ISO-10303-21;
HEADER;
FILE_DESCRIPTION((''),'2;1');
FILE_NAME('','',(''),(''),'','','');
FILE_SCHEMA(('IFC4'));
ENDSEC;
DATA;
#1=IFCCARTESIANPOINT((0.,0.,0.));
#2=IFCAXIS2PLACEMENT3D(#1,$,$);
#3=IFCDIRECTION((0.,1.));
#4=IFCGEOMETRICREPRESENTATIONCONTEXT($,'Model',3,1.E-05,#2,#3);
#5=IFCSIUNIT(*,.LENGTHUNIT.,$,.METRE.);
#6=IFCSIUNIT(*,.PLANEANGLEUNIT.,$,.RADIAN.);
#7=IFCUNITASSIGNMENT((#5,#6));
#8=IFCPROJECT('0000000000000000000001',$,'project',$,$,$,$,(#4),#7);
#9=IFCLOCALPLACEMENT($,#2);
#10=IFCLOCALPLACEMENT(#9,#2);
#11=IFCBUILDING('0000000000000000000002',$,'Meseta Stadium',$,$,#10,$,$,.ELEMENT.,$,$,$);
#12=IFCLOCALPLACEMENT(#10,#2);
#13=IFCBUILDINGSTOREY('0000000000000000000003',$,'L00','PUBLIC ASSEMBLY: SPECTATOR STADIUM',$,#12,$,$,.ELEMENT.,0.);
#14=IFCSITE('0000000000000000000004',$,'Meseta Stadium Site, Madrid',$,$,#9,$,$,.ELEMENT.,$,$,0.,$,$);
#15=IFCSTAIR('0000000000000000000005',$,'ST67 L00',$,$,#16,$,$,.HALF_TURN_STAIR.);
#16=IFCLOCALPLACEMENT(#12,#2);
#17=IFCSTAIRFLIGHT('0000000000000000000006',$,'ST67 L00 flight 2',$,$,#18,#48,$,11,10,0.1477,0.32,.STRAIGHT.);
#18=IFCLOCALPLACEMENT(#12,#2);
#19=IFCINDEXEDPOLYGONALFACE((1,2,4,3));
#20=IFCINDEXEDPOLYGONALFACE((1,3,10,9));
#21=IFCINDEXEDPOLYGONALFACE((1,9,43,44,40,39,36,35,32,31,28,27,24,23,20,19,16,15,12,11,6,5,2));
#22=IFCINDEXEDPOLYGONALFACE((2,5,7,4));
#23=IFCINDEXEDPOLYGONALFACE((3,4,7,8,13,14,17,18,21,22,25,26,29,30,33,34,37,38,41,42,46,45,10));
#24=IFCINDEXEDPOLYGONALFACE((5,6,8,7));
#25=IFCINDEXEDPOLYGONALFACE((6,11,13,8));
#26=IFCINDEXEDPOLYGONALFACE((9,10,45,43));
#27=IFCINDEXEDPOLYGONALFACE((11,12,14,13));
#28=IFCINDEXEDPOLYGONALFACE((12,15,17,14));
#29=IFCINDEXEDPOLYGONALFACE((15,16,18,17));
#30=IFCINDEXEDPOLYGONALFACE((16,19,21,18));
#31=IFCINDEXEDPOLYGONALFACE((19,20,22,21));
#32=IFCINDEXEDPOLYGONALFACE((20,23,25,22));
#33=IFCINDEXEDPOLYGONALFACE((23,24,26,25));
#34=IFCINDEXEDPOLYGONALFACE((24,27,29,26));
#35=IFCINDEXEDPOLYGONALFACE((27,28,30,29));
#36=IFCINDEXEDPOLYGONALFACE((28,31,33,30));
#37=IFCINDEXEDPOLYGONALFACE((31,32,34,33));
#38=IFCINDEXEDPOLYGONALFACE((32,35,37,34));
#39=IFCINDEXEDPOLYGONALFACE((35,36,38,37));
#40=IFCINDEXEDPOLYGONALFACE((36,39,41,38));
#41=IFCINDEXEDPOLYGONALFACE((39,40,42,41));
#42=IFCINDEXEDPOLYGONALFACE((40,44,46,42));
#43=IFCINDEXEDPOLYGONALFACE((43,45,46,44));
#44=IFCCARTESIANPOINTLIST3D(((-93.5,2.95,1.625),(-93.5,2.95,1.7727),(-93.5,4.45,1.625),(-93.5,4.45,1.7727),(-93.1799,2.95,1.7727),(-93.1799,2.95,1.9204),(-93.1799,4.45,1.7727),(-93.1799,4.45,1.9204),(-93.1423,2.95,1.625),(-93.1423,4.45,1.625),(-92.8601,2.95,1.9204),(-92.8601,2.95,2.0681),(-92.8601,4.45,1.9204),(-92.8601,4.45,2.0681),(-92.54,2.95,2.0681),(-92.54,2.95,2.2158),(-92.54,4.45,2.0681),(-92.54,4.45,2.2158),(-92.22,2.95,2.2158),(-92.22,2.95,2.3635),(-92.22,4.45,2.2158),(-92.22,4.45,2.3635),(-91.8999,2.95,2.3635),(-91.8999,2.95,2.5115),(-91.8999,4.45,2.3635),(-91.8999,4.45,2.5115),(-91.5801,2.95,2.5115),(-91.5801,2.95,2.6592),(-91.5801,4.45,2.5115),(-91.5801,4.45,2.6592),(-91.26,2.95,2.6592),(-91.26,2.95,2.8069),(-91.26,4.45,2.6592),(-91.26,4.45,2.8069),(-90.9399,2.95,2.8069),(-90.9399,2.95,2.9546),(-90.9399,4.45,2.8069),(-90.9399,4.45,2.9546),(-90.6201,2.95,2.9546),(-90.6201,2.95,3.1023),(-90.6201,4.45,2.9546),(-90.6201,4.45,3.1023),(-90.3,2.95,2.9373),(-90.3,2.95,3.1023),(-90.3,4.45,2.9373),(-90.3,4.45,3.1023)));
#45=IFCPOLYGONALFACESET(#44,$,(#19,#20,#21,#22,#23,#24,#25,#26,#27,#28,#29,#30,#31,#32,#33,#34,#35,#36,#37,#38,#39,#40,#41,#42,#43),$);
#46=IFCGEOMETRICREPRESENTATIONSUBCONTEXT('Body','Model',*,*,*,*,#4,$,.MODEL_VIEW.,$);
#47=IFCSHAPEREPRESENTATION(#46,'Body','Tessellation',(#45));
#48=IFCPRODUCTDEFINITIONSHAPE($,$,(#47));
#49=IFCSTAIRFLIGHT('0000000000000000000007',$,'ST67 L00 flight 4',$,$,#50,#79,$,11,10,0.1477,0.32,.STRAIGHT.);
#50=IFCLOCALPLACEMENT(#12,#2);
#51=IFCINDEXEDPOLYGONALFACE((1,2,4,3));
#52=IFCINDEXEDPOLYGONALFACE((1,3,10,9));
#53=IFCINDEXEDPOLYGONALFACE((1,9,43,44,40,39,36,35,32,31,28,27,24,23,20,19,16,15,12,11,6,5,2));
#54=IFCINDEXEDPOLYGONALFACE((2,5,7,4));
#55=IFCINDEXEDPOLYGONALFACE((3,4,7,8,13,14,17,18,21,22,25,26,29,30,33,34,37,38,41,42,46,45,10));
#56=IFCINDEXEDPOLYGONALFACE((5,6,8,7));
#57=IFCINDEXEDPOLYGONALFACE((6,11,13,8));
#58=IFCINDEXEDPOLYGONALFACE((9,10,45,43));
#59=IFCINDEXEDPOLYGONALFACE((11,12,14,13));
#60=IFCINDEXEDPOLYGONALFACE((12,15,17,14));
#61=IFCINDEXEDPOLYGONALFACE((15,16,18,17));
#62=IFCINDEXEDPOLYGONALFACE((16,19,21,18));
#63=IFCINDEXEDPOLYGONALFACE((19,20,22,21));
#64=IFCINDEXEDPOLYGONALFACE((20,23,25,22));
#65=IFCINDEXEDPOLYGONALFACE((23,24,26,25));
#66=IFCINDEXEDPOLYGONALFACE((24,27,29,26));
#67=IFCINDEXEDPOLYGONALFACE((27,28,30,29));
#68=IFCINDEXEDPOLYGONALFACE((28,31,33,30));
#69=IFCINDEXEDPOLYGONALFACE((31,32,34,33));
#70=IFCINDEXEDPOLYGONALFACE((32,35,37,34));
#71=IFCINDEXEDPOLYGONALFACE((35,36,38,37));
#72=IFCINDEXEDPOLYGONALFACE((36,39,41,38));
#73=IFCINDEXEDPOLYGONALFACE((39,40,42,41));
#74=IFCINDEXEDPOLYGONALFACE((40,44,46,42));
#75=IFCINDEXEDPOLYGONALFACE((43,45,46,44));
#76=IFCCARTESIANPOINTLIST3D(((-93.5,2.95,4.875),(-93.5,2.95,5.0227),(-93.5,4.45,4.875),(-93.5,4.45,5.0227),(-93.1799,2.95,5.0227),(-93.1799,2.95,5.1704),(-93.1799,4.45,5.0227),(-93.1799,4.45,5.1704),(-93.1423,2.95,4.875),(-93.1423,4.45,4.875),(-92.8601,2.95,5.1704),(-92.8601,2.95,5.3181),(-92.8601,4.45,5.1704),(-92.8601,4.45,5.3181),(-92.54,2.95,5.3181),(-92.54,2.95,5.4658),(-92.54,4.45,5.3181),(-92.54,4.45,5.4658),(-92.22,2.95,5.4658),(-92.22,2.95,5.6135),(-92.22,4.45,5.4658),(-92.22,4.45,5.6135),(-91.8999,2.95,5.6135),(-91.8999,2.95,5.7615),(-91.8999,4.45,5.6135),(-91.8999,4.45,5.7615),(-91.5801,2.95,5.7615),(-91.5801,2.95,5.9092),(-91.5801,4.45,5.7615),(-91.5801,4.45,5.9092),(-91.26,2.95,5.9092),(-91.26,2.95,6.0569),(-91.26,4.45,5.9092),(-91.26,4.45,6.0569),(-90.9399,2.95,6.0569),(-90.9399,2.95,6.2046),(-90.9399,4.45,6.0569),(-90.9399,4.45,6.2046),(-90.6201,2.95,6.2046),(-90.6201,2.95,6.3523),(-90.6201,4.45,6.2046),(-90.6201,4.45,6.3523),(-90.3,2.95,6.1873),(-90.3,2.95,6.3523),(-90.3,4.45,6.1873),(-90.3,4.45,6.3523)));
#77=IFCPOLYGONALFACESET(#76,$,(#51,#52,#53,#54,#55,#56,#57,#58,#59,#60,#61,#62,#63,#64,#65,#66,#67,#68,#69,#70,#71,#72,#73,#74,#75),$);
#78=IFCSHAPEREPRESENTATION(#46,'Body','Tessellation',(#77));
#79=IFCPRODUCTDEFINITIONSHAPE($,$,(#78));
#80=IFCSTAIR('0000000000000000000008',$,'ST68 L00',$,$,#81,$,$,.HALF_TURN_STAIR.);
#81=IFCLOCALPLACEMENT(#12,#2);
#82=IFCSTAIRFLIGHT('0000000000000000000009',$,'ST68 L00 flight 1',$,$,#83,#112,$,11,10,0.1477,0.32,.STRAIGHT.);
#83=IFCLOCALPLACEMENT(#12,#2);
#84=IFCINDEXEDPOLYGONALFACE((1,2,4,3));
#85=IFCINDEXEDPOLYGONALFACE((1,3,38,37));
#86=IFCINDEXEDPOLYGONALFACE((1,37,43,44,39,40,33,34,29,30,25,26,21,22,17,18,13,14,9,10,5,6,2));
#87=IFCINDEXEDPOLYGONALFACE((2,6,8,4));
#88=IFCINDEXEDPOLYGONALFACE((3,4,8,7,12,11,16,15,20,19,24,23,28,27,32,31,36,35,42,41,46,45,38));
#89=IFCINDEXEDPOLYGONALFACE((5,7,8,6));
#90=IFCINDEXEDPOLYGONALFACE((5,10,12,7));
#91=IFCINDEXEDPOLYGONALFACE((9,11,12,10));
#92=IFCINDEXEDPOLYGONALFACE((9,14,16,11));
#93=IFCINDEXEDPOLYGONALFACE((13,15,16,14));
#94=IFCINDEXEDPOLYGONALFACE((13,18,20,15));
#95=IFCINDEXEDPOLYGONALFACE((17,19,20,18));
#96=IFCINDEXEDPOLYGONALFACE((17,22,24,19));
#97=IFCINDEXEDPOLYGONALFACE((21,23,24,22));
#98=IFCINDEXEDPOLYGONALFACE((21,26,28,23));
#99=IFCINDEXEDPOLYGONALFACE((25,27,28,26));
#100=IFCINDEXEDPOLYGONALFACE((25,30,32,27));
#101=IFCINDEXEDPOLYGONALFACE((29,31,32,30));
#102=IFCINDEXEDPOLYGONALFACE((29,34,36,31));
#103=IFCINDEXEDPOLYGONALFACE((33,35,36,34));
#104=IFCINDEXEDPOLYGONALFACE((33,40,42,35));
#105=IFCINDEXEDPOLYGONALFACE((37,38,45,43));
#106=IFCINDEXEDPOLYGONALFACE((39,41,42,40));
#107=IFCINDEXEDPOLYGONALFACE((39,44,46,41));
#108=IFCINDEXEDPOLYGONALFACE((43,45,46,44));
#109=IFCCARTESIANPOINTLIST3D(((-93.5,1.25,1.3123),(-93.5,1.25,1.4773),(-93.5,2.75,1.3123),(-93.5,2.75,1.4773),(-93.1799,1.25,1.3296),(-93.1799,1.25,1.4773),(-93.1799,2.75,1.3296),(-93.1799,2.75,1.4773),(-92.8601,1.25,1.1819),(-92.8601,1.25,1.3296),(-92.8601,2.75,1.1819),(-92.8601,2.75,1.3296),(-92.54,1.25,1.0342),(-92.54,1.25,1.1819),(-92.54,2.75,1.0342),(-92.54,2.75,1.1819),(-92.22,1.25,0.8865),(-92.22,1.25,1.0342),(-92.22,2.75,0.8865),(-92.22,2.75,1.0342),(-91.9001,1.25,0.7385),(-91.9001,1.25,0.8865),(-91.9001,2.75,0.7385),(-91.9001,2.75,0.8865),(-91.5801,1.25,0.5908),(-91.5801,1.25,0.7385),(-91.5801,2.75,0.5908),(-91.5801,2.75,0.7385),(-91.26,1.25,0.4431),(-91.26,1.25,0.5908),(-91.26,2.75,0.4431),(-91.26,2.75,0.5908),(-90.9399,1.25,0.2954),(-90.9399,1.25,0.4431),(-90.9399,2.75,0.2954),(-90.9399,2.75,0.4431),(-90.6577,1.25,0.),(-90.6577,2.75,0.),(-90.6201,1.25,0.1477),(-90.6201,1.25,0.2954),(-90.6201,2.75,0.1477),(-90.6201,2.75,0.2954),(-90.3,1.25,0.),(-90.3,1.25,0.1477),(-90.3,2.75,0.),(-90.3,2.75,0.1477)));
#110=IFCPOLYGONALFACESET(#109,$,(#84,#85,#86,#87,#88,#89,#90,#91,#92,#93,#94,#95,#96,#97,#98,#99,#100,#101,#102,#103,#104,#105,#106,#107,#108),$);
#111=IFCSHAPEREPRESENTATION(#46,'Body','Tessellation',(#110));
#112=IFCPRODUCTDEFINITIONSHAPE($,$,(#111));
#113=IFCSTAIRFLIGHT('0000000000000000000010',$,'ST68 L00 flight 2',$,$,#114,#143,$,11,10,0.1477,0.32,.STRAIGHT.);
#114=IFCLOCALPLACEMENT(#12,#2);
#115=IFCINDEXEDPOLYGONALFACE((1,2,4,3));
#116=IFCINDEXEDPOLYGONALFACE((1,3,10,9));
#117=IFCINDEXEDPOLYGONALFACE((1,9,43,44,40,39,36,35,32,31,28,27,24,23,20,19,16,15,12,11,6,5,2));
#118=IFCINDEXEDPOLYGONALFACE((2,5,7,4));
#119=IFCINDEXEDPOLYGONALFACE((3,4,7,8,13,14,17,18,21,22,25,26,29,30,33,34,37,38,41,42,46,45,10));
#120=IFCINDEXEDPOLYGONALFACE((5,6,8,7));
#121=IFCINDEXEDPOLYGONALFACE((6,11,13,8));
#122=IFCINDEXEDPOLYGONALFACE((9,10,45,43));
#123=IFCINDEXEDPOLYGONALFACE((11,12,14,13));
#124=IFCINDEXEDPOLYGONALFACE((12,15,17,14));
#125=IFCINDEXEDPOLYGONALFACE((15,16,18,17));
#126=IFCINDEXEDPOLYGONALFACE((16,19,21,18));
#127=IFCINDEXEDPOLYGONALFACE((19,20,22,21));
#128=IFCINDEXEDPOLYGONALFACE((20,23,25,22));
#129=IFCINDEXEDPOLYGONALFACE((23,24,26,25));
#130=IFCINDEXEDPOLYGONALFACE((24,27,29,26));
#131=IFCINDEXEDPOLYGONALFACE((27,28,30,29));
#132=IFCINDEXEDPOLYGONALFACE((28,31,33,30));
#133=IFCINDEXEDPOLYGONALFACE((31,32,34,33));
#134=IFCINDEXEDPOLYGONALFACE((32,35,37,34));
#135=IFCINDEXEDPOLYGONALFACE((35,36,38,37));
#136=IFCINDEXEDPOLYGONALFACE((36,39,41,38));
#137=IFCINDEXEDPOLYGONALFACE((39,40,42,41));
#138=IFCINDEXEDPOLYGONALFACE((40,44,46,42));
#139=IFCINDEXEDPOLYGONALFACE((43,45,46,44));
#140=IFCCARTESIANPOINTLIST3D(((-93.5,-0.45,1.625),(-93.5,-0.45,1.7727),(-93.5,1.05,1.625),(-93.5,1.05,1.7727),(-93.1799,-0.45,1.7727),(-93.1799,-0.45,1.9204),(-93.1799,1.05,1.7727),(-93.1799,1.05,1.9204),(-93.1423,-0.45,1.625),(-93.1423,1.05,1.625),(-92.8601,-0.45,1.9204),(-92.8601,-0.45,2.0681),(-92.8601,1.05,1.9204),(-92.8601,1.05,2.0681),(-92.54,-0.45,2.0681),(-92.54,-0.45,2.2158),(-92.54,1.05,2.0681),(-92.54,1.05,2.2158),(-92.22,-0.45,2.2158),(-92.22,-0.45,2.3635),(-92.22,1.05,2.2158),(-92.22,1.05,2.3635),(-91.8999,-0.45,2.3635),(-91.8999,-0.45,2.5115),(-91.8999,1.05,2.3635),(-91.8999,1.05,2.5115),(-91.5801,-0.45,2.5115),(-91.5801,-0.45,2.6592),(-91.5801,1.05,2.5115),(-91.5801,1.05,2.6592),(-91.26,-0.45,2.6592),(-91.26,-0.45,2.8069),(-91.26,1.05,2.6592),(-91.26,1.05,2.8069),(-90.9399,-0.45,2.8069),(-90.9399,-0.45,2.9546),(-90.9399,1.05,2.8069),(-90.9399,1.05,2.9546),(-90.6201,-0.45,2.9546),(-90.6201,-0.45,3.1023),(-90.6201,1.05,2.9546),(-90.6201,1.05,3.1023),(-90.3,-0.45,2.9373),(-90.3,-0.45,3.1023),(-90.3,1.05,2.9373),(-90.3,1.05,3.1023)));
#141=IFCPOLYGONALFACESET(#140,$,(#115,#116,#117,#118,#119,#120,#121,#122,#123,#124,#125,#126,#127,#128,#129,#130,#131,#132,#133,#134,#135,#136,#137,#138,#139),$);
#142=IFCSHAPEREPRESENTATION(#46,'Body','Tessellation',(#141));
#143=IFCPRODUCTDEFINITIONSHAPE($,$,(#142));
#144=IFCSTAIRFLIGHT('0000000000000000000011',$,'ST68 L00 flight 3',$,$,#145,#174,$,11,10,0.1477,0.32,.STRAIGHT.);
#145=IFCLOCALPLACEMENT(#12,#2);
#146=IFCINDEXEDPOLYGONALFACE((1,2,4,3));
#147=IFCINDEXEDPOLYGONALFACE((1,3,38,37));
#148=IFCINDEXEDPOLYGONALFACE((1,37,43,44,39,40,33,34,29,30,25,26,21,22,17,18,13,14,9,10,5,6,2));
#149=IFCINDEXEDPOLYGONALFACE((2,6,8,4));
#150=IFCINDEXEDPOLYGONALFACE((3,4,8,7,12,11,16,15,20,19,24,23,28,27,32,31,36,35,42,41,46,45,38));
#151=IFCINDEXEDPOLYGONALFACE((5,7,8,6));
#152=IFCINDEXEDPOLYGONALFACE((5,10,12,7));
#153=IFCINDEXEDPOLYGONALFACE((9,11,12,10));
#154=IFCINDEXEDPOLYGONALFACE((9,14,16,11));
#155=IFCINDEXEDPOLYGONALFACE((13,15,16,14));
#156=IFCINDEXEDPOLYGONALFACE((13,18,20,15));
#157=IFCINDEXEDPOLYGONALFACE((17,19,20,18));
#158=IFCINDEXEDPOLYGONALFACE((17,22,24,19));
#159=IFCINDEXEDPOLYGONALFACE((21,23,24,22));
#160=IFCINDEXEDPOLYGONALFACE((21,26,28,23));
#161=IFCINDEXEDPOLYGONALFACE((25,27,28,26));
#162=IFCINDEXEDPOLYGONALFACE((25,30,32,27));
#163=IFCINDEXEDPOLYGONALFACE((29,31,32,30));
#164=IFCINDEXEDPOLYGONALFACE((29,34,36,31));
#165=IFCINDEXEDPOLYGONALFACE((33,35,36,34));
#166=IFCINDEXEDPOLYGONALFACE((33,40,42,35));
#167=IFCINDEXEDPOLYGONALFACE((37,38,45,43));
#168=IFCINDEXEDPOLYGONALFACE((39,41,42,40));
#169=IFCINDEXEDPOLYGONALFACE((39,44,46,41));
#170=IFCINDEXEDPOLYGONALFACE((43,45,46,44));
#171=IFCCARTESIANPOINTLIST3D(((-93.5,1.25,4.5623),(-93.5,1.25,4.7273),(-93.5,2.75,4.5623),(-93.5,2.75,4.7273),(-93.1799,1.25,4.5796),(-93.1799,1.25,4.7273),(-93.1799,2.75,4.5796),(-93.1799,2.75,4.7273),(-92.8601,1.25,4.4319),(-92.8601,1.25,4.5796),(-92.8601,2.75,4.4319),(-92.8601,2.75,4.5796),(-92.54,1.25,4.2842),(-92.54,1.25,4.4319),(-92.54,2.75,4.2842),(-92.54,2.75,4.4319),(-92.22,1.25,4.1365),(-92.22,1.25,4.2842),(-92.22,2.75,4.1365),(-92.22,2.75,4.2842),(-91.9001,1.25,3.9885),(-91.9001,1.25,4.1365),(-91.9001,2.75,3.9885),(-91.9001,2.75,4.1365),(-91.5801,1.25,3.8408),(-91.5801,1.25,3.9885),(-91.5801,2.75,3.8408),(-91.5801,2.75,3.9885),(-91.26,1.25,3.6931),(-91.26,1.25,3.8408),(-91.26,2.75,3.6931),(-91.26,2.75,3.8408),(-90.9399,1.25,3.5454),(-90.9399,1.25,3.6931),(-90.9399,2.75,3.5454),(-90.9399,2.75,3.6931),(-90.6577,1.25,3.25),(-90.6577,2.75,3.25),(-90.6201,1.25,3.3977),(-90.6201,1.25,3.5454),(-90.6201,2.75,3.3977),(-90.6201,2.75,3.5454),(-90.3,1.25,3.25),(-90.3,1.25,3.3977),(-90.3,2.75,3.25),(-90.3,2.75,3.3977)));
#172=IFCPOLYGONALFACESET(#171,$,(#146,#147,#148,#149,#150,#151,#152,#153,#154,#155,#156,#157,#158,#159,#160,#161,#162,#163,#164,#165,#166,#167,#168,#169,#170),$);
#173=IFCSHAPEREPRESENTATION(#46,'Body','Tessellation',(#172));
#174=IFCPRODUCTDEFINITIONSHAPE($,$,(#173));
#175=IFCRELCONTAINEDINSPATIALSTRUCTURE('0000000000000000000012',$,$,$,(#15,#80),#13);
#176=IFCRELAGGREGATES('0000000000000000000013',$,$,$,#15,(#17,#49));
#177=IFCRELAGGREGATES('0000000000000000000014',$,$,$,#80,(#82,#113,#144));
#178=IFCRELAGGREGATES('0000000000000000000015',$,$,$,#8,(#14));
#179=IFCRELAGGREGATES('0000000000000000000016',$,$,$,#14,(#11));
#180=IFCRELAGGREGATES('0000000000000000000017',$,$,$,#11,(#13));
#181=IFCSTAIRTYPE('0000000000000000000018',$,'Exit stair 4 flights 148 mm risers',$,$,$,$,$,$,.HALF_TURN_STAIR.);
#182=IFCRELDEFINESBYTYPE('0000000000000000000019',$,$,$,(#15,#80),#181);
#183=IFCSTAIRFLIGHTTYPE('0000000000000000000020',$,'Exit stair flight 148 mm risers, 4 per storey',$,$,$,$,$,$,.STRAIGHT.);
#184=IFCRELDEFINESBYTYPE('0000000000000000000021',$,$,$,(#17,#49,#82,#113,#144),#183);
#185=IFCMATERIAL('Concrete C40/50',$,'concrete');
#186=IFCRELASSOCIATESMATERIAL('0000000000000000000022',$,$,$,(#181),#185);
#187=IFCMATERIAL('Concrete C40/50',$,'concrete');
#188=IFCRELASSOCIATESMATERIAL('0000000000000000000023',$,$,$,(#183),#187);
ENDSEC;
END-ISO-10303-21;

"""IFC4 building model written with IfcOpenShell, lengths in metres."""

from ifc_helpers import new_model, si_unit, direction, frame, origin, place, context, subcontext, project, spatial, polyline, outline, extrude, material, type_object, element, aggregate, save


model = new_model("IFC4")

# Units and contexts
model_context = context("Model", 3, precision=1e-05, world=origin(), true_north=direction((0.0, 1.0)))
body_context = subcontext(model_context, "Body", "Model", "MODEL_VIEW")
ifc_project = project(units=[si_unit("LENGTHUNIT", "METRE"), si_unit("PLANEANGLEUNIT", "RADIAN")], contexts=[model_context])

# Site, building, storey
site_placement = place(None, origin())
site = spatial("IfcSite", under=ifc_project, at=site_placement, Name="Meseta Stadium Site, Madrid", CompositionType="ELEMENT", RefElevation=0.0)
building_placement = place(site_placement, origin())
building = spatial("IfcBuilding", under=site, at=building_placement, Name="Meseta Stadium", CompositionType="ELEMENT")
storey_placement = place(building_placement, origin())
storey = spatial("IfcBuildingStorey", under=building, at=storey_placement, Name="L00", Description="PUBLIC ASSEMBLY: SPECTATOR STADIUM", CompositionType="ELEMENT", Elevation=0.0)

# Stairs, stair flights
ifc_material_1 = material(Name="Concrete C40/50", Category="concrete")
stair_type = type_object("IfcStairType", Name="Exit stair 4 flights 148 mm risers", PredefinedType="HALF_TURN_STAIR", material=ifc_material_1)
ifc_material_2 = material(Name="Concrete C40/50", Category="concrete")
stair_flight_type = type_object("IfcStairFlightType", Name="Exit stair flight 148 mm risers, 4 per storey", PredefinedType="STRAIGHT", material=ifc_material_2)
stair_1_placement = place(storey_placement, origin())
stair_1 = element("IfcStair", 1, at=stair_1_placement, inside=storey, type_object=stair_type, Name="ST67 L00", PredefinedType="HALF_TURN_STAIR")
stair_flight_1_placement = place(storey_placement, frame((-93.5, 3.7, 1.625), z_axis=(0.0, 0.0, 1.0), x_axis=(1.0, 0.0, 0.0)))
stair_flight_1 = element("IfcStairFlight", 2, at=stair_flight_1_placement, type_object=stair_flight_type, Name="ST67 L00 flight 2", NumberOfRisers=11, NumberOfTreads=10, PredefinedType="STRAIGHT", RiserHeight=0.1477, TreadLength=0.32, context=body_context, shape_type="SweptSolid", body=[
    extrude(outline(polyline([(0.0, 0.0), (0.0, 0.1477), (0.3201, 0.1477), (0.3201, 0.2954), (0.6399, 0.2954), (0.6399, 0.4431), (0.96, 0.4431), (0.96, 0.5908), (1.28, 0.5908), (1.28, 0.7385), (1.6001, 0.7385), (1.6001, 0.8865), (1.9199, 0.8865), (1.9199, 1.0342), (2.24, 1.0342), (2.24, 1.1819), (2.5601, 1.1819), (2.5601, 1.3296), (2.8799, 1.3296), (2.8799, 1.4773), (3.2, 1.4773), (3.2, 1.3123), (0.3577, 0.0), (0.0, 0.0)])), frame((0.0, 0.75, 0.0), z_axis=(0.0, -1.0, 0.0), x_axis=(1.0, 0.0, 0.0)), (0.0, 0.0, 1.0), 1.5),
])
stair_flight_2_placement = place(storey_placement, frame((-93.5, 3.7, 4.875), z_axis=(0.0, 0.0, 1.0), x_axis=(1.0, 0.0, 0.0)))
stair_flight_2 = element("IfcStairFlight", 3, at=stair_flight_2_placement, type_object=stair_flight_type, Name="ST67 L00 flight 4", NumberOfRisers=11, NumberOfTreads=10, PredefinedType="STRAIGHT", RiserHeight=0.1477, TreadLength=0.32, context=body_context, shape_type="SweptSolid", body=[
    extrude(outline(polyline([(0.0, 0.0), (0.0, 0.1477), (0.3201, 0.1477), (0.3201, 0.2954), (0.6399, 0.2954), (0.6399, 0.4431), (0.96, 0.4431), (0.96, 0.5908), (1.28, 0.5908), (1.28, 0.7385), (1.6001, 0.7385), (1.6001, 0.8865), (1.9199, 0.8865), (1.9199, 1.0342), (2.24, 1.0342), (2.24, 1.1819), (2.5601, 1.1819), (2.5601, 1.3296), (2.8799, 1.3296), (2.8799, 1.4773), (3.2, 1.4773), (3.2, 1.3123), (0.3577, 0.0), (0.0, 0.0)])), frame((0.0, 0.75, 0.0), z_axis=(0.0, -1.0, 0.0), x_axis=(1.0, 0.0, 0.0)), (0.0, 0.0, 1.0), 1.5),
])
aggregate(stair_1, [stair_flight_1, stair_flight_2])
stair_2_placement = place(storey_placement, origin())
stair_2 = element("IfcStair", 4, at=stair_2_placement, inside=storey, type_object=stair_type, Name="ST68 L00", PredefinedType="HALF_TURN_STAIR")
stair_flight_3_placement = place(storey_placement, frame((-90.3, 2.0, 0.0), z_axis=(0.0, 0.0, 1.0), x_axis=(-1.0, 0.0, 0.0)))
stair_flight_3 = element("IfcStairFlight", 5, at=stair_flight_3_placement, type_object=stair_flight_type, Name="ST68 L00 flight 1", NumberOfRisers=11, NumberOfTreads=10, PredefinedType="STRAIGHT", RiserHeight=0.1477, TreadLength=0.32, context=body_context, shape_type="SweptSolid", body=[
    extrude(outline(polyline([(0.0, 0.0), (0.0, 0.1477), (0.3201, 0.1477), (0.3201, 0.2954), (0.6399, 0.2954), (0.6399, 0.4431), (0.96, 0.4431), (0.96, 0.5908), (1.28, 0.5908), (1.28, 0.7385), (1.6001, 0.7385), (1.6001, 0.8865), (1.9199, 0.8865), (1.9199, 1.0342), (2.24, 1.0342), (2.24, 1.1819), (2.5601, 1.1819), (2.5601, 1.3296), (2.8799, 1.3296), (2.8799, 1.4773), (3.2, 1.4773), (3.2, 1.3123), (0.3577, 0.0), (0.0, 0.0)])), frame((0.0, 0.75, 0.0), z_axis=(0.0, -1.0, 0.0), x_axis=(1.0, 0.0, 0.0)), (0.0, 0.0, 1.0), 1.5),
])
stair_flight_4_placement = place(storey_placement, frame((-93.5, 0.3, 1.625), z_axis=(0.0, 0.0, 1.0), x_axis=(1.0, 0.0, 0.0)))
stair_flight_4 = element("IfcStairFlight", 6, at=stair_flight_4_placement, type_object=stair_flight_type, Name="ST68 L00 flight 2", NumberOfRisers=11, NumberOfTreads=10, PredefinedType="STRAIGHT", RiserHeight=0.1477, TreadLength=0.32, context=body_context, shape_type="SweptSolid", body=[
    extrude(outline(polyline([(0.0, 0.0), (0.0, 0.1477), (0.3201, 0.1477), (0.3201, 0.2954), (0.6399, 0.2954), (0.6399, 0.4431), (0.96, 0.4431), (0.96, 0.5908), (1.28, 0.5908), (1.28, 0.7385), (1.6001, 0.7385), (1.6001, 0.8865), (1.9199, 0.8865), (1.9199, 1.0342), (2.24, 1.0342), (2.24, 1.1819), (2.5601, 1.1819), (2.5601, 1.3296), (2.8799, 1.3296), (2.8799, 1.4773), (3.2, 1.4773), (3.2, 1.3123), (0.3577, 0.0), (0.0, 0.0)])), frame((0.0, 0.75, 0.0), z_axis=(0.0, -1.0, 0.0), x_axis=(1.0, 0.0, 0.0)), (0.0, 0.0, 1.0), 1.5),
])
stair_flight_5_placement = place(storey_placement, frame((-90.3, 2.0, 3.25), z_axis=(0.0, 0.0, 1.0), x_axis=(-1.0, 0.0, 0.0)))
stair_flight_5 = element("IfcStairFlight", 7, at=stair_flight_5_placement, type_object=stair_flight_type, Name="ST68 L00 flight 3", NumberOfRisers=11, NumberOfTreads=10, PredefinedType="STRAIGHT", RiserHeight=0.1477, TreadLength=0.32, context=body_context, shape_type="SweptSolid", body=[
    extrude(outline(polyline([(0.0, 0.0), (0.0, 0.1477), (0.3201, 0.1477), (0.3201, 0.2954), (0.6399, 0.2954), (0.6399, 0.4431), (0.96, 0.4431), (0.96, 0.5908), (1.28, 0.5908), (1.28, 0.7385), (1.6001, 0.7385), (1.6001, 0.8865), (1.9199, 0.8865), (1.9199, 1.0342), (2.24, 1.0342), (2.24, 1.1819), (2.5601, 1.1819), (2.5601, 1.3296), (2.8799, 1.3296), (2.8799, 1.4773), (3.2, 1.4773), (3.2, 1.3123), (0.3577, 0.0), (0.0, 0.0)])), frame((0.0, 0.75, 0.0), z_axis=(0.0, -1.0, 0.0), x_axis=(1.0, 0.0, 0.0)), (0.0, 0.0, 1.0), 1.5),
])
aggregate(stair_2, [stair_flight_3, stair_flight_4, stair_flight_5])

save(model, "model.ifc")
